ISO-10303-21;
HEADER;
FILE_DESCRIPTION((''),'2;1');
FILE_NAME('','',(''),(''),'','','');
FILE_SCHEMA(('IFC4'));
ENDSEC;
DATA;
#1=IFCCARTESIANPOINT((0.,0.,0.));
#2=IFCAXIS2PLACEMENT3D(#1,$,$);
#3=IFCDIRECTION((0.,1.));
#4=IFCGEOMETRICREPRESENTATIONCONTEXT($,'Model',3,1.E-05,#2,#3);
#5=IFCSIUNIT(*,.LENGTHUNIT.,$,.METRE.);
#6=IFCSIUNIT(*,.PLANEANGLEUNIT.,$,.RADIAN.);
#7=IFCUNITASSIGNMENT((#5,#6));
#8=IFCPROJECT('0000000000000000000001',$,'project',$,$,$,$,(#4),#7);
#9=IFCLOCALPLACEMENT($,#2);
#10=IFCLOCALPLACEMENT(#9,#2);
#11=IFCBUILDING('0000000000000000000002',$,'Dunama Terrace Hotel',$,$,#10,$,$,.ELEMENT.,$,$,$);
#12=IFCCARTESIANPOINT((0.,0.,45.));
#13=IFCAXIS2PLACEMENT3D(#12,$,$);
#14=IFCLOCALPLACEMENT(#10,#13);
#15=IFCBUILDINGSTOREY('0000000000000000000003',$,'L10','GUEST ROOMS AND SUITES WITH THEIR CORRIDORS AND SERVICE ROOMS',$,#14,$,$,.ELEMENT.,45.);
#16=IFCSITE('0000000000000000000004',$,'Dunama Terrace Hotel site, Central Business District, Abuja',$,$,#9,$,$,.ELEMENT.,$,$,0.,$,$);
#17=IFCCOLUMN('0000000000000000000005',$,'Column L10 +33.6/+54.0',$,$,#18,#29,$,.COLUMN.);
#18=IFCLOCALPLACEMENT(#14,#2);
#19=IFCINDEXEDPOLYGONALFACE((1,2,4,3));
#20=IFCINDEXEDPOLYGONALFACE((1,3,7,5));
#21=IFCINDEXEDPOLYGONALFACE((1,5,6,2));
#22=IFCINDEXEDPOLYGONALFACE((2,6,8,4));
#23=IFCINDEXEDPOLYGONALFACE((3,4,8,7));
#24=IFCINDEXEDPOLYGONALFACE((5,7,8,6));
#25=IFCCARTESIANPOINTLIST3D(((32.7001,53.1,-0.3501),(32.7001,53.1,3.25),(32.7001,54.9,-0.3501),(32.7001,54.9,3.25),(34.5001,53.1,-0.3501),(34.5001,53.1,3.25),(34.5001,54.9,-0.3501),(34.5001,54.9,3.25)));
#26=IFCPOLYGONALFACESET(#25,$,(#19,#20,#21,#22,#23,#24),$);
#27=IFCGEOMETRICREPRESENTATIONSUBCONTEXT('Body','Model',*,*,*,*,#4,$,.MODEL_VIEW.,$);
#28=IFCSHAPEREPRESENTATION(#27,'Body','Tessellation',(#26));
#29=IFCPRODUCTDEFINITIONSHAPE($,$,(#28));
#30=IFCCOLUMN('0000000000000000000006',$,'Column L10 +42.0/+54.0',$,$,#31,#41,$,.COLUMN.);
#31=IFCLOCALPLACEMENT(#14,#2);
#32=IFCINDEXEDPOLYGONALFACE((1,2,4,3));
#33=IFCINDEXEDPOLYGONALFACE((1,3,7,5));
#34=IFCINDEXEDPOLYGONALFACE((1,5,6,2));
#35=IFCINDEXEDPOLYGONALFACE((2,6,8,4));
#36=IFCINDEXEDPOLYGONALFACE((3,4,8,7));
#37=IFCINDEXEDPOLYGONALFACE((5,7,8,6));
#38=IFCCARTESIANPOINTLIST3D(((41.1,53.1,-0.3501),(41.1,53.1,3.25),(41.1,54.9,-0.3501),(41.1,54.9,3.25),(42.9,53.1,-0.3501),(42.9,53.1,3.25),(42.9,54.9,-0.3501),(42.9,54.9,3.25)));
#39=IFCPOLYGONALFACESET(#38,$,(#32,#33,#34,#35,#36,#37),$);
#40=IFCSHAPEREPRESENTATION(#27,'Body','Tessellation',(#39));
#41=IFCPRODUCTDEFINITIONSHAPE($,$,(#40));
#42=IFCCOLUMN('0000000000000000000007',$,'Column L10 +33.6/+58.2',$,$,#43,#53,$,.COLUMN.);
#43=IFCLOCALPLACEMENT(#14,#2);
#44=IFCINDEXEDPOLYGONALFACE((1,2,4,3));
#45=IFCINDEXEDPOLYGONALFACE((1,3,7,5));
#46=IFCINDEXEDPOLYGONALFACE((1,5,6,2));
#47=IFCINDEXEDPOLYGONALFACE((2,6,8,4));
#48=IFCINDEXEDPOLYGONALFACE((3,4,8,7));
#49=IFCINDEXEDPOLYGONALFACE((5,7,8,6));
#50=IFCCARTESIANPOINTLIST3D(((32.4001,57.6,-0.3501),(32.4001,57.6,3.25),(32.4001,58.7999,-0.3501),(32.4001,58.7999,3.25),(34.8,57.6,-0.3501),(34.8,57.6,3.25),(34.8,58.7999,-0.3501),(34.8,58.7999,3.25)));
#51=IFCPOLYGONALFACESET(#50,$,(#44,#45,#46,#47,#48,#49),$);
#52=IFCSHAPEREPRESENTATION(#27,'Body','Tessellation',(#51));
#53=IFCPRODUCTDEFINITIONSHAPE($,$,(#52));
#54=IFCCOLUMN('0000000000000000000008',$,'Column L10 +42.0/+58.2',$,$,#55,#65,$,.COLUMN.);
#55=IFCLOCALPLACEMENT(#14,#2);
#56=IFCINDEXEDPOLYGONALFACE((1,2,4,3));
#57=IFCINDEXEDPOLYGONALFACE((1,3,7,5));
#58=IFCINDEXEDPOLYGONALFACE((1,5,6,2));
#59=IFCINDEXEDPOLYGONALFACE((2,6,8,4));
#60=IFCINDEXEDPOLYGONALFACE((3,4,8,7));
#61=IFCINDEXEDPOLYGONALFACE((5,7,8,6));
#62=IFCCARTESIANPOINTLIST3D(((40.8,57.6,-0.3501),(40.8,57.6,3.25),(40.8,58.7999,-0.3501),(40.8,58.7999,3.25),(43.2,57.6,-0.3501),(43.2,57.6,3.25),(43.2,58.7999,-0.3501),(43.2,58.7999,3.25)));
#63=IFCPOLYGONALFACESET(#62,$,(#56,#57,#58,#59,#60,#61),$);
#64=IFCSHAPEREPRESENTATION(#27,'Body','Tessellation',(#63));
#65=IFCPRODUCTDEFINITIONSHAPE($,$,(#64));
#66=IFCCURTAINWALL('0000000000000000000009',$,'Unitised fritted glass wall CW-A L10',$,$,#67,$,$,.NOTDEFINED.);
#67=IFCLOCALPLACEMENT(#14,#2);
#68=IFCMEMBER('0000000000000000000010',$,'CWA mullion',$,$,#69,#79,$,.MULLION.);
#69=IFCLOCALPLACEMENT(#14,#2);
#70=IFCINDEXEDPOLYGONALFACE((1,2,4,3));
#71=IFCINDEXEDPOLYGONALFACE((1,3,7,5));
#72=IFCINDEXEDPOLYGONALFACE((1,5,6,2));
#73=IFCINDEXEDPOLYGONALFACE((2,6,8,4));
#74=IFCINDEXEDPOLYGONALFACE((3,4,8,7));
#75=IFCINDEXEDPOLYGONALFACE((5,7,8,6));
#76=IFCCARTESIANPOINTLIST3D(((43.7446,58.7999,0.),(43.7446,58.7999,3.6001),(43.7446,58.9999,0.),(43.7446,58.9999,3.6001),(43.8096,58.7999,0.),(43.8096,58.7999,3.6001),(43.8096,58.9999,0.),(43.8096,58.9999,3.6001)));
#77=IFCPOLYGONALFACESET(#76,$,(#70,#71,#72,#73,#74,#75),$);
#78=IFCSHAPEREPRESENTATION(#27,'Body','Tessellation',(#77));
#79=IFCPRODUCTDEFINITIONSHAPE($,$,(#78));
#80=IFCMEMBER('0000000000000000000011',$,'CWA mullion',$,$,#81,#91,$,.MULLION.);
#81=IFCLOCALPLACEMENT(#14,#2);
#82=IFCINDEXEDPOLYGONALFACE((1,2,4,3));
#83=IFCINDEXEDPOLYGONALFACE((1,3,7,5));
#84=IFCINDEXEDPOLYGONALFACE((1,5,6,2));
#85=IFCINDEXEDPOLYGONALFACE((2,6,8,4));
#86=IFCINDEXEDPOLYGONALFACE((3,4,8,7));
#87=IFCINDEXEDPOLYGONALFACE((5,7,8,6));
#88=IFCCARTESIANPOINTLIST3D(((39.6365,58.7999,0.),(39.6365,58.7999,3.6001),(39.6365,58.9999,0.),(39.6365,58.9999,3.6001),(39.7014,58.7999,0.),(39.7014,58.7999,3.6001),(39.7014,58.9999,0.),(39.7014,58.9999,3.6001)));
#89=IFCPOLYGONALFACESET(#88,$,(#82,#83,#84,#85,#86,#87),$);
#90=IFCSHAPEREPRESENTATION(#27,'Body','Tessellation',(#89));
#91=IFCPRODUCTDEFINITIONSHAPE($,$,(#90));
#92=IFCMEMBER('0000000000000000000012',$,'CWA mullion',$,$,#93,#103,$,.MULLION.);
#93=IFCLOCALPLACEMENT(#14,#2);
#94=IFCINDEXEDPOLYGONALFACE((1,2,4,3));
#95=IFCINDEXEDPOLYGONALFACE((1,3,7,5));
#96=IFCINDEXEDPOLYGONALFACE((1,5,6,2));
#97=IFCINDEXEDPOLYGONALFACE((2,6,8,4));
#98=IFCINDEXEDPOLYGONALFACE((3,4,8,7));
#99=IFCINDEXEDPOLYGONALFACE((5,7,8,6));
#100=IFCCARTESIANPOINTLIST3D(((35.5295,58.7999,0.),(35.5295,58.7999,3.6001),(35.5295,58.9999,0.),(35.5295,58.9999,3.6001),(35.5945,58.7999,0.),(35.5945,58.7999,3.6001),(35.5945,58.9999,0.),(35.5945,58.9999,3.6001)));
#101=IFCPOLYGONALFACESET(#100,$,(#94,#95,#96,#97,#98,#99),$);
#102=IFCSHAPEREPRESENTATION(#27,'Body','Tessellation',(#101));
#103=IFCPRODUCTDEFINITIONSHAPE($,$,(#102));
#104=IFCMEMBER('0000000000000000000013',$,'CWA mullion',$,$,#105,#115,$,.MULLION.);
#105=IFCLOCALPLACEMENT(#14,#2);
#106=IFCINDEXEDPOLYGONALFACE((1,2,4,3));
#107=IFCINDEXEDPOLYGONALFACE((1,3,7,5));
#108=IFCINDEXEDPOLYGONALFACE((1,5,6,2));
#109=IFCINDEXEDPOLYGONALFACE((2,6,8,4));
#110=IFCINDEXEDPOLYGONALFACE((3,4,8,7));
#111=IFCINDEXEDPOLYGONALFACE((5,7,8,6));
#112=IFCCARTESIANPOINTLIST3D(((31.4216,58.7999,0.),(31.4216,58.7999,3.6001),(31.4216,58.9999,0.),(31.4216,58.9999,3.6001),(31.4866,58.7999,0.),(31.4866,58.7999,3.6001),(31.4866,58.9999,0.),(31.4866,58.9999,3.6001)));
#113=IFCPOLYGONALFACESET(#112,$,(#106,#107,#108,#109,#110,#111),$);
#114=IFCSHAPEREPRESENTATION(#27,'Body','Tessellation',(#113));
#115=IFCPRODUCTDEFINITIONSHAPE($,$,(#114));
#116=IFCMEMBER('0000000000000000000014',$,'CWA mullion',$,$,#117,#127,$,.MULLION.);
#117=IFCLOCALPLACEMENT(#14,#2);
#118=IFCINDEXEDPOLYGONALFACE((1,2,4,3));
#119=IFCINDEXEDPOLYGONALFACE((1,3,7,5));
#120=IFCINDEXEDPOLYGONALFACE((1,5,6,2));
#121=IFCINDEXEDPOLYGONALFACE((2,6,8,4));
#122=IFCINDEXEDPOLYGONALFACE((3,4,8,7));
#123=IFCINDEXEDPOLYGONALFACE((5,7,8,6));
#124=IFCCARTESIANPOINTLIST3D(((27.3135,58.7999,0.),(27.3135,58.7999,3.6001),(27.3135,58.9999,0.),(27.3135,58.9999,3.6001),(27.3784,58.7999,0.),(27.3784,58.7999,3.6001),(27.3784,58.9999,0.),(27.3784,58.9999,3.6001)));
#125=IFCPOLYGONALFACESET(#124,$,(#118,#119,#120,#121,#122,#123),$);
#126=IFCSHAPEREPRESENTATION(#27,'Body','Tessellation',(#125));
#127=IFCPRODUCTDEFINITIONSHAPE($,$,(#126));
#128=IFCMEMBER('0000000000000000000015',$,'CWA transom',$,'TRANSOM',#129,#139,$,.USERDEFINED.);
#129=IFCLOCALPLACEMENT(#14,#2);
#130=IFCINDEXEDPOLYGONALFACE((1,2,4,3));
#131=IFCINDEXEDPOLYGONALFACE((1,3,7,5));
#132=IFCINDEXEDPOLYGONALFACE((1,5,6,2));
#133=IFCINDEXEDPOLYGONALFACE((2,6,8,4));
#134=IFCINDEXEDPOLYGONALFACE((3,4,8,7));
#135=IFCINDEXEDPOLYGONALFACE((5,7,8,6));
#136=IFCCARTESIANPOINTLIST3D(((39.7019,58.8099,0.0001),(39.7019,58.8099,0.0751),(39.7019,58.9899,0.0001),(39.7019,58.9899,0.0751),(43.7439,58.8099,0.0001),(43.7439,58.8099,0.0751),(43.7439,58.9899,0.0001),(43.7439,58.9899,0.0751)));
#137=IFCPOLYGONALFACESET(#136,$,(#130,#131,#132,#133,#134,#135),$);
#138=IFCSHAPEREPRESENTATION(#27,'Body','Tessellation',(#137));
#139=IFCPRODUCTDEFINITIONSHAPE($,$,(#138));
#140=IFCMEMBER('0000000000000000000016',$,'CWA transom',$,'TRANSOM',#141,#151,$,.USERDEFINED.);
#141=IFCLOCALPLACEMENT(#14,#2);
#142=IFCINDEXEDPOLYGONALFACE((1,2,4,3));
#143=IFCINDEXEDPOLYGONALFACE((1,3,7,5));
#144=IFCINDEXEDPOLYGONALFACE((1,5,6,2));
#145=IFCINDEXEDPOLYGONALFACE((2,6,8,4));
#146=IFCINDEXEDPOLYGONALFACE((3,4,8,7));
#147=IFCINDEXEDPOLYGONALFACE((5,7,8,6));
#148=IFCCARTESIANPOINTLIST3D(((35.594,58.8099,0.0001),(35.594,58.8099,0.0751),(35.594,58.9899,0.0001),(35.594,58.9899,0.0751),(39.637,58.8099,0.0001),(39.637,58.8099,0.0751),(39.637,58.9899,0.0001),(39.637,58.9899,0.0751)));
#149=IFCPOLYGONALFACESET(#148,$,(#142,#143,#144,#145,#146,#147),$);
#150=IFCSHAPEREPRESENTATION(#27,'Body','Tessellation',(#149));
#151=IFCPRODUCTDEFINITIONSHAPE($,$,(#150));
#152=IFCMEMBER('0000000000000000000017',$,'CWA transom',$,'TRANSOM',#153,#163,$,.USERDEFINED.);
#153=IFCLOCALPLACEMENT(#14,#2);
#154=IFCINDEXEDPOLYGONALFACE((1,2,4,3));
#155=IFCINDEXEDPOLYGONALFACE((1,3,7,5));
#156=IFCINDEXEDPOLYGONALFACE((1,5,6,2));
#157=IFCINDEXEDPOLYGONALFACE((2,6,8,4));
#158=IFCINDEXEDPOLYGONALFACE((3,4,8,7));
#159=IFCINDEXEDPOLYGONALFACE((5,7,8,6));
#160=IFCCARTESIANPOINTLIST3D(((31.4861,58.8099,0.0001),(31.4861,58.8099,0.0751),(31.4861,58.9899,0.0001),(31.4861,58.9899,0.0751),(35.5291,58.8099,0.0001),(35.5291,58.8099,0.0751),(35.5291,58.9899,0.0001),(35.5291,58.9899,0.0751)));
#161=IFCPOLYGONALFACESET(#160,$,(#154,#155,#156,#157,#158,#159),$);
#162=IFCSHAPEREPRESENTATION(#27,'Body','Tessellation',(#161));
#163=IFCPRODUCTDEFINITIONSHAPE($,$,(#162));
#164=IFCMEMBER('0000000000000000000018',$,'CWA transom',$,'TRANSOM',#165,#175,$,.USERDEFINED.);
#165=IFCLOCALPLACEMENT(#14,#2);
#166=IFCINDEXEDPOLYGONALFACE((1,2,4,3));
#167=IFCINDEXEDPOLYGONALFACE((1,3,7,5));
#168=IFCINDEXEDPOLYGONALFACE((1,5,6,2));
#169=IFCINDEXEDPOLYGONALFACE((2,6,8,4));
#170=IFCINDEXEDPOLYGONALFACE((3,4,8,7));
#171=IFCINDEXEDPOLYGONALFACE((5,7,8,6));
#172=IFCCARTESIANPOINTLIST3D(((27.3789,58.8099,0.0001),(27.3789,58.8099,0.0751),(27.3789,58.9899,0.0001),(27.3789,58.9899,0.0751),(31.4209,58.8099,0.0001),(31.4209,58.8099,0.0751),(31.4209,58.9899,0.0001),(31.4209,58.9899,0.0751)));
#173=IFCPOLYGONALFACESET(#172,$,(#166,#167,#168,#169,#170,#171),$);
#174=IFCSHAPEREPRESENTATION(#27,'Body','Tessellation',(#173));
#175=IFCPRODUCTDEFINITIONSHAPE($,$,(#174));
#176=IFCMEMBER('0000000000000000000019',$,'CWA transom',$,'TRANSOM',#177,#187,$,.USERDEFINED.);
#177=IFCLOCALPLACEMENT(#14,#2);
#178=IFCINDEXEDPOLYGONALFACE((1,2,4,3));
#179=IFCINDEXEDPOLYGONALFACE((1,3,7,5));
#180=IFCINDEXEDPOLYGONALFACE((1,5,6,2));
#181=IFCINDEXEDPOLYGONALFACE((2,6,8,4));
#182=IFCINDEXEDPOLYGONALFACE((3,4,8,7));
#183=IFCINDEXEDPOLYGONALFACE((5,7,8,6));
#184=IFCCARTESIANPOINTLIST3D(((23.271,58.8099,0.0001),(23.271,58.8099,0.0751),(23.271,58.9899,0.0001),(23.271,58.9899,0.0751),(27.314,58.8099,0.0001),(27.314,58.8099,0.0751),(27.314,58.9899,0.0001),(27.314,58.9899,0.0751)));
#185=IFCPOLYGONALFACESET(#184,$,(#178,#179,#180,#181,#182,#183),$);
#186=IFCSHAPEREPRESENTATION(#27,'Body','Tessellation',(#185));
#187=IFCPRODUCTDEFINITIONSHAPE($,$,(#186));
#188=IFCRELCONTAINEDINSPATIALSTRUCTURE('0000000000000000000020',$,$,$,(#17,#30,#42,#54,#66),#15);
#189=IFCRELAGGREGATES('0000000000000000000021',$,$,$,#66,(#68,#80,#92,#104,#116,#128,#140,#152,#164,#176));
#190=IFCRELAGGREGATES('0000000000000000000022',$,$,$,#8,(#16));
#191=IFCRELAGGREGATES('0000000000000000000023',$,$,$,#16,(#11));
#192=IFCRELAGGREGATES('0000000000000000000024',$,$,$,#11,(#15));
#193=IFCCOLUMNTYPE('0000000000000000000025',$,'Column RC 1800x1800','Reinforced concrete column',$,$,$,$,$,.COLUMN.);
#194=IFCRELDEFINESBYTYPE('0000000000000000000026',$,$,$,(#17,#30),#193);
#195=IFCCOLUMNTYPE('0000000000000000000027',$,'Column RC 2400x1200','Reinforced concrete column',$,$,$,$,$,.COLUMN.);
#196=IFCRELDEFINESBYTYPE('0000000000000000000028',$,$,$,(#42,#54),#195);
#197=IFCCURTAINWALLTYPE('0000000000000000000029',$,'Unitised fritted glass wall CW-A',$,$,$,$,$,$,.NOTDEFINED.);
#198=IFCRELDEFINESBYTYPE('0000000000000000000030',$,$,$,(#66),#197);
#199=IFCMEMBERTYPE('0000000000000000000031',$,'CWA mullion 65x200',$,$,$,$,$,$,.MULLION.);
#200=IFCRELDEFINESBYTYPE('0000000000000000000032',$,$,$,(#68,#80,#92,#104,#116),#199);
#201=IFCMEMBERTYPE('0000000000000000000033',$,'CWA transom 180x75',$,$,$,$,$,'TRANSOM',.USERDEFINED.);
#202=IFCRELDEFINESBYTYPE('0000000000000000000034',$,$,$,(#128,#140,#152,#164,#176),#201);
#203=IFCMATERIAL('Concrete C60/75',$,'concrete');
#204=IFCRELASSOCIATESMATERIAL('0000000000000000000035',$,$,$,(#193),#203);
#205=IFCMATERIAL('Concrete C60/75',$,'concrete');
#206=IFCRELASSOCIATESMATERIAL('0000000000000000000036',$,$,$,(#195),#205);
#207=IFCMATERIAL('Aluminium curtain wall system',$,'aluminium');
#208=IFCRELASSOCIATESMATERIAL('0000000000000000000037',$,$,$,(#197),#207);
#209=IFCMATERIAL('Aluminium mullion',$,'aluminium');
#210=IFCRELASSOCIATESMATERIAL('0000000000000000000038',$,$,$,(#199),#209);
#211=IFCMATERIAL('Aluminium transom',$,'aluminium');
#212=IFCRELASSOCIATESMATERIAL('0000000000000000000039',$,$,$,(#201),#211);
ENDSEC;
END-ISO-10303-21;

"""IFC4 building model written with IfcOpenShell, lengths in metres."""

from ifc_helpers import new_model, si_unit, direction, frame, origin, origin_2d, place, context, subcontext, project, spatial, rectangle, extrude, material, material_profile, profile_set, type_object, element, aggregate, save


model = new_model("IFC4")

# Units and contexts
model_context = context("Model", 3, precision=1e-05, world=origin(), true_north=direction((0.0, 1.0)))
body_context = subcontext(model_context, "Body", "Model", "MODEL_VIEW")
ifc_project = project(units=[si_unit("LENGTHUNIT", "METRE"), si_unit("PLANEANGLEUNIT", "RADIAN")], contexts=[model_context])

# Site, building, storey
site_placement = place(None, origin())
site = spatial("IfcSite", under=ifc_project, at=site_placement, Name="Dunama Terrace Hotel site, Central Business District, Abuja", CompositionType="ELEMENT", RefElevation=0.0)
building_placement = place(site_placement, origin())
building = spatial("IfcBuilding", under=site, at=building_placement, Name="Dunama Terrace Hotel", CompositionType="ELEMENT")
storey_placement = place(building_placement, frame((0.0, 0.0, 45.0)))
storey = spatial("IfcBuildingStorey", under=building, at=storey_placement, Name="L10", Description="GUEST ROOMS AND SUITES WITH THEIR CORRIDORS AND SERVICE ROOMS", CompositionType="ELEMENT", Elevation=45.0)

# Columns
ifc_material_1 = material(Name="Concrete C60/75", Category="concrete")
ifc_material_profile_1 = material_profile(ifc_material_1, rectangle(XDim=1.8, YDim=1.8, at=origin_2d()), Name="RC 1800x1800")
ifc_profile_set_1 = profile_set([ifc_material_profile_1], Name="Concrete C60/75")
column_type_1 = type_object("IfcColumnType", Name="Column RC 1800x1800", Description="Reinforced concrete column", PredefinedType="COLUMN", material=ifc_profile_set_1)
for number, where, z_axis, x_axis, name in (
    (1, (33.6001, 54.0, -0.3501), (0.0, 0.0, 1.0), (1.0, 0.0, 0.0), "Column L10 +33.6/+54.0"),
    (2, (42.0, 54.0, -0.3501), (0.0, 0.0, 1.0), (1.0, 0.0, 0.0), "Column L10 +42.0/+54.0"),
):
    element("IfcColumn", number, at=place(storey_placement, frame(where, z_axis=z_axis, x_axis=x_axis)), inside=storey, type_object=column_type_1, Name=name, PredefinedType="COLUMN", context=body_context, shape_type="SweptSolid", body=[
        extrude(rectangle(XDim=1.8, YDim=1.8, at=origin_2d()), origin(), (0.0, 0.0, 1.0), 3.6001),
    ])
ifc_material_2 = material(Name="Concrete C60/75", Category="concrete")
ifc_material_profile_2 = material_profile(ifc_material_2, rectangle(XDim=2.3999, YDim=1.2, at=origin_2d()), Name="RC 2400x1200")
ifc_profile_set_2 = profile_set([ifc_material_profile_2], Name="Concrete C60/75")
column_type_2 = type_object("IfcColumnType", Name="Column RC 2400x1200", Description="Reinforced concrete column", PredefinedType="COLUMN", material=ifc_profile_set_2)
for number, where, z_axis, x_axis, name in (
    (3, (33.6001, 58.2, -0.3501), (0.0, 0.0, 1.0), (1.0, 0.0, 0.0), "Column L10 +33.6/+58.2"),
    (4, (42.0, 58.2, -0.3501), (0.0, 0.0, 1.0), (1.0, 0.0, 0.0), "Column L10 +42.0/+58.2"),
):
    element("IfcColumn", number, at=place(storey_placement, frame(where, z_axis=z_axis, x_axis=x_axis)), inside=storey, type_object=column_type_2, Name=name, PredefinedType="COLUMN", context=body_context, shape_type="SweptSolid", body=[
        extrude(rectangle(XDim=2.3999, YDim=1.2, at=origin_2d()), origin(), (0.0, 0.0, 1.0), 3.6001),
    ])

# Curtain wall, members
ifc_material_3 = material(Name="Aluminium curtain wall system", Category="aluminium")
curtain_wall_type = type_object("IfcCurtainWallType", Name="Unitised fritted glass wall CW-A", PredefinedType="NOTDEFINED", material=ifc_material_3)
curtain_wall_placement = place(storey_placement, origin())
curtain_wall = element("IfcCurtainWall", 5, at=curtain_wall_placement, inside=storey, type_object=curtain_wall_type, Name="Unitised fritted glass wall CW-A L10", PredefinedType="NOTDEFINED")
ifc_material_4 = material(Name="Aluminium mullion", Category="aluminium")
ifc_material_profile_3 = material_profile(ifc_material_4, rectangle(XDim=0.0649, YDim=0.2, at=origin_2d()), Name="CWA MULLION 65X200")
ifc_profile_set_3 = profile_set([ifc_material_profile_3], Name="Aluminium mullion")
member_type_1 = type_object("IfcMemberType", Name="CWA mullion 65x200", PredefinedType="MULLION", material=ifc_profile_set_3)
member_1_placement = place(storey_placement, frame((43.7771, 58.8999, 0.0), z_axis=(0.0, 0.0, 1.0), x_axis=(-1.0, 0.0, 0.0)))
member_1 = element("IfcMember", 6, at=member_1_placement, type_object=member_type_1, Name="CWA mullion", PredefinedType="MULLION", context=body_context, shape_type="SweptSolid", body=[
    extrude(rectangle(XDim=0.0649, YDim=0.2, at=origin_2d()), origin(), (0.0, 0.0, 1.0), 3.6001),
])
member_2_placement = place(storey_placement, frame((39.6689, 58.8999, 0.0), z_axis=(0.0, 0.0, 1.0), x_axis=(-1.0, 0.0, 0.0)))
member_2 = element("IfcMember", 7, at=member_2_placement, type_object=member_type_1, Name="CWA mullion", PredefinedType="MULLION", context=body_context, shape_type="SweptSolid", body=[
    extrude(rectangle(XDim=0.0649, YDim=0.2, at=origin_2d()), origin(), (0.0, 0.0, 1.0), 3.6001),
])
member_3_placement = place(storey_placement, frame((35.562, 58.8999, 0.0), z_axis=(0.0, 0.0, 1.0), x_axis=(-1.0, 0.0, 0.0)))
member_3 = element("IfcMember", 8, at=member_3_placement, type_object=member_type_1, Name="CWA mullion", PredefinedType="MULLION", context=body_context, shape_type="SweptSolid", body=[
    extrude(rectangle(XDim=0.0649, YDim=0.2, at=origin_2d()), origin(), (0.0, 0.0, 1.0), 3.6001),
])
member_4_placement = place(storey_placement, frame((31.4541, 58.8999, 0.0), z_axis=(0.0, 0.0, 1.0), x_axis=(-1.0, 0.0, 0.0)))
member_4 = element("IfcMember", 9, at=member_4_placement, type_object=member_type_1, Name="CWA mullion", PredefinedType="MULLION", context=body_context, shape_type="SweptSolid", body=[
    extrude(rectangle(XDim=0.0649, YDim=0.2, at=origin_2d()), origin(), (0.0, 0.0, 1.0), 3.6001),
])
member_5_placement = place(storey_placement, frame((27.3459, 58.8999, 0.0), z_axis=(0.0, 0.0, 1.0), x_axis=(-1.0, 0.0, 0.0)))
member_5 = element("IfcMember", 10, at=member_5_placement, type_object=member_type_1, Name="CWA mullion", PredefinedType="MULLION", context=body_context, shape_type="SweptSolid", body=[
    extrude(rectangle(XDim=0.0649, YDim=0.2, at=origin_2d()), origin(), (0.0, 0.0, 1.0), 3.6001),
])
ifc_material_5 = material(Name="Aluminium transom", Category="aluminium")
ifc_material_profile_4 = material_profile(ifc_material_5, rectangle(XDim=0.1799, YDim=0.075, at=origin_2d()), Name="CWA TRANSOM 180X75")
ifc_profile_set_4 = profile_set([ifc_material_profile_4], Name="Aluminium transom")
member_type_2 = type_object("IfcMemberType", Name="CWA transom 180x75", ElementType="TRANSOM", PredefinedType="USERDEFINED", material=ifc_profile_set_4)
member_6_placement = place(storey_placement, frame((43.7439, 58.8999, 0.0376), z_axis=(-1.0, 0.0, 0.0), x_axis=(0.0, -1.0, 0.0)))
member_6 = element("IfcMember", 11, at=member_6_placement, type_object=member_type_2, Name="CWA transom", ObjectType="TRANSOM", PredefinedType="USERDEFINED", context=body_context, shape_type="SweptSolid", body=[
    extrude(rectangle(XDim=0.1799, YDim=0.075, at=origin_2d()), origin(), (0.0, 0.0, 1.0), 4.042),
])
member_7_placement = place(storey_placement, frame((39.637, 58.8999, 0.0376), z_axis=(-1.0, 0.0, 0.0), x_axis=(0.0, -1.0, 0.0)))
member_7 = element("IfcMember", 12, at=member_7_placement, type_object=member_type_2, Name="CWA transom", ObjectType="TRANSOM", PredefinedType="USERDEFINED", context=body_context, shape_type="SweptSolid", body=[
    extrude(rectangle(XDim=0.1799, YDim=0.075, at=origin_2d()), origin(), (0.0, 0.0, 1.0), 4.043),
])
member_8_placement = place(storey_placement, frame((35.5291, 58.8999, 0.0376), z_axis=(-1.0, 0.0, 0.0), x_axis=(0.0, -1.0, 0.0)))
member_8 = element("IfcMember", 13, at=member_8_placement, type_object=member_type_2, Name="CWA transom", ObjectType="TRANSOM", PredefinedType="USERDEFINED", context=body_context, shape_type="SweptSolid", body=[
    extrude(rectangle(XDim=0.1799, YDim=0.075, at=origin_2d()), origin(), (0.0, 0.0, 1.0), 4.043),
])
member_9_placement = place(storey_placement, frame((31.4209, 58.8999, 0.0376), z_axis=(-1.0, 0.0, 0.0), x_axis=(0.0, -1.0, 0.0)))
member_9 = element("IfcMember", 14, at=member_9_placement, type_object=member_type_2, Name="CWA transom", ObjectType="TRANSOM", PredefinedType="USERDEFINED", context=body_context, shape_type="SweptSolid", body=[
    extrude(rectangle(XDim=0.1799, YDim=0.075, at=origin_2d()), origin(), (0.0, 0.0, 1.0), 4.042),
])
member_10_placement = place(storey_placement, frame((27.314, 58.8999, 0.0376), z_axis=(-1.0, 0.0, 0.0), x_axis=(0.0, -1.0, 0.0)))
member_10 = element("IfcMember", 15, at=member_10_placement, type_object=member_type_2, Name="CWA transom", ObjectType="TRANSOM", PredefinedType="USERDEFINED", context=body_context, shape_type="SweptSolid", body=[
    extrude(rectangle(XDim=0.1799, YDim=0.075, at=origin_2d()), origin(), (0.0, 0.0, 1.0), 4.043),
])

aggregate(curtain_wall, [member_1, member_2, member_3, member_4, member_5, member_6, member_7, member_8, member_9, member_10])

save(model, "model.ifc")
